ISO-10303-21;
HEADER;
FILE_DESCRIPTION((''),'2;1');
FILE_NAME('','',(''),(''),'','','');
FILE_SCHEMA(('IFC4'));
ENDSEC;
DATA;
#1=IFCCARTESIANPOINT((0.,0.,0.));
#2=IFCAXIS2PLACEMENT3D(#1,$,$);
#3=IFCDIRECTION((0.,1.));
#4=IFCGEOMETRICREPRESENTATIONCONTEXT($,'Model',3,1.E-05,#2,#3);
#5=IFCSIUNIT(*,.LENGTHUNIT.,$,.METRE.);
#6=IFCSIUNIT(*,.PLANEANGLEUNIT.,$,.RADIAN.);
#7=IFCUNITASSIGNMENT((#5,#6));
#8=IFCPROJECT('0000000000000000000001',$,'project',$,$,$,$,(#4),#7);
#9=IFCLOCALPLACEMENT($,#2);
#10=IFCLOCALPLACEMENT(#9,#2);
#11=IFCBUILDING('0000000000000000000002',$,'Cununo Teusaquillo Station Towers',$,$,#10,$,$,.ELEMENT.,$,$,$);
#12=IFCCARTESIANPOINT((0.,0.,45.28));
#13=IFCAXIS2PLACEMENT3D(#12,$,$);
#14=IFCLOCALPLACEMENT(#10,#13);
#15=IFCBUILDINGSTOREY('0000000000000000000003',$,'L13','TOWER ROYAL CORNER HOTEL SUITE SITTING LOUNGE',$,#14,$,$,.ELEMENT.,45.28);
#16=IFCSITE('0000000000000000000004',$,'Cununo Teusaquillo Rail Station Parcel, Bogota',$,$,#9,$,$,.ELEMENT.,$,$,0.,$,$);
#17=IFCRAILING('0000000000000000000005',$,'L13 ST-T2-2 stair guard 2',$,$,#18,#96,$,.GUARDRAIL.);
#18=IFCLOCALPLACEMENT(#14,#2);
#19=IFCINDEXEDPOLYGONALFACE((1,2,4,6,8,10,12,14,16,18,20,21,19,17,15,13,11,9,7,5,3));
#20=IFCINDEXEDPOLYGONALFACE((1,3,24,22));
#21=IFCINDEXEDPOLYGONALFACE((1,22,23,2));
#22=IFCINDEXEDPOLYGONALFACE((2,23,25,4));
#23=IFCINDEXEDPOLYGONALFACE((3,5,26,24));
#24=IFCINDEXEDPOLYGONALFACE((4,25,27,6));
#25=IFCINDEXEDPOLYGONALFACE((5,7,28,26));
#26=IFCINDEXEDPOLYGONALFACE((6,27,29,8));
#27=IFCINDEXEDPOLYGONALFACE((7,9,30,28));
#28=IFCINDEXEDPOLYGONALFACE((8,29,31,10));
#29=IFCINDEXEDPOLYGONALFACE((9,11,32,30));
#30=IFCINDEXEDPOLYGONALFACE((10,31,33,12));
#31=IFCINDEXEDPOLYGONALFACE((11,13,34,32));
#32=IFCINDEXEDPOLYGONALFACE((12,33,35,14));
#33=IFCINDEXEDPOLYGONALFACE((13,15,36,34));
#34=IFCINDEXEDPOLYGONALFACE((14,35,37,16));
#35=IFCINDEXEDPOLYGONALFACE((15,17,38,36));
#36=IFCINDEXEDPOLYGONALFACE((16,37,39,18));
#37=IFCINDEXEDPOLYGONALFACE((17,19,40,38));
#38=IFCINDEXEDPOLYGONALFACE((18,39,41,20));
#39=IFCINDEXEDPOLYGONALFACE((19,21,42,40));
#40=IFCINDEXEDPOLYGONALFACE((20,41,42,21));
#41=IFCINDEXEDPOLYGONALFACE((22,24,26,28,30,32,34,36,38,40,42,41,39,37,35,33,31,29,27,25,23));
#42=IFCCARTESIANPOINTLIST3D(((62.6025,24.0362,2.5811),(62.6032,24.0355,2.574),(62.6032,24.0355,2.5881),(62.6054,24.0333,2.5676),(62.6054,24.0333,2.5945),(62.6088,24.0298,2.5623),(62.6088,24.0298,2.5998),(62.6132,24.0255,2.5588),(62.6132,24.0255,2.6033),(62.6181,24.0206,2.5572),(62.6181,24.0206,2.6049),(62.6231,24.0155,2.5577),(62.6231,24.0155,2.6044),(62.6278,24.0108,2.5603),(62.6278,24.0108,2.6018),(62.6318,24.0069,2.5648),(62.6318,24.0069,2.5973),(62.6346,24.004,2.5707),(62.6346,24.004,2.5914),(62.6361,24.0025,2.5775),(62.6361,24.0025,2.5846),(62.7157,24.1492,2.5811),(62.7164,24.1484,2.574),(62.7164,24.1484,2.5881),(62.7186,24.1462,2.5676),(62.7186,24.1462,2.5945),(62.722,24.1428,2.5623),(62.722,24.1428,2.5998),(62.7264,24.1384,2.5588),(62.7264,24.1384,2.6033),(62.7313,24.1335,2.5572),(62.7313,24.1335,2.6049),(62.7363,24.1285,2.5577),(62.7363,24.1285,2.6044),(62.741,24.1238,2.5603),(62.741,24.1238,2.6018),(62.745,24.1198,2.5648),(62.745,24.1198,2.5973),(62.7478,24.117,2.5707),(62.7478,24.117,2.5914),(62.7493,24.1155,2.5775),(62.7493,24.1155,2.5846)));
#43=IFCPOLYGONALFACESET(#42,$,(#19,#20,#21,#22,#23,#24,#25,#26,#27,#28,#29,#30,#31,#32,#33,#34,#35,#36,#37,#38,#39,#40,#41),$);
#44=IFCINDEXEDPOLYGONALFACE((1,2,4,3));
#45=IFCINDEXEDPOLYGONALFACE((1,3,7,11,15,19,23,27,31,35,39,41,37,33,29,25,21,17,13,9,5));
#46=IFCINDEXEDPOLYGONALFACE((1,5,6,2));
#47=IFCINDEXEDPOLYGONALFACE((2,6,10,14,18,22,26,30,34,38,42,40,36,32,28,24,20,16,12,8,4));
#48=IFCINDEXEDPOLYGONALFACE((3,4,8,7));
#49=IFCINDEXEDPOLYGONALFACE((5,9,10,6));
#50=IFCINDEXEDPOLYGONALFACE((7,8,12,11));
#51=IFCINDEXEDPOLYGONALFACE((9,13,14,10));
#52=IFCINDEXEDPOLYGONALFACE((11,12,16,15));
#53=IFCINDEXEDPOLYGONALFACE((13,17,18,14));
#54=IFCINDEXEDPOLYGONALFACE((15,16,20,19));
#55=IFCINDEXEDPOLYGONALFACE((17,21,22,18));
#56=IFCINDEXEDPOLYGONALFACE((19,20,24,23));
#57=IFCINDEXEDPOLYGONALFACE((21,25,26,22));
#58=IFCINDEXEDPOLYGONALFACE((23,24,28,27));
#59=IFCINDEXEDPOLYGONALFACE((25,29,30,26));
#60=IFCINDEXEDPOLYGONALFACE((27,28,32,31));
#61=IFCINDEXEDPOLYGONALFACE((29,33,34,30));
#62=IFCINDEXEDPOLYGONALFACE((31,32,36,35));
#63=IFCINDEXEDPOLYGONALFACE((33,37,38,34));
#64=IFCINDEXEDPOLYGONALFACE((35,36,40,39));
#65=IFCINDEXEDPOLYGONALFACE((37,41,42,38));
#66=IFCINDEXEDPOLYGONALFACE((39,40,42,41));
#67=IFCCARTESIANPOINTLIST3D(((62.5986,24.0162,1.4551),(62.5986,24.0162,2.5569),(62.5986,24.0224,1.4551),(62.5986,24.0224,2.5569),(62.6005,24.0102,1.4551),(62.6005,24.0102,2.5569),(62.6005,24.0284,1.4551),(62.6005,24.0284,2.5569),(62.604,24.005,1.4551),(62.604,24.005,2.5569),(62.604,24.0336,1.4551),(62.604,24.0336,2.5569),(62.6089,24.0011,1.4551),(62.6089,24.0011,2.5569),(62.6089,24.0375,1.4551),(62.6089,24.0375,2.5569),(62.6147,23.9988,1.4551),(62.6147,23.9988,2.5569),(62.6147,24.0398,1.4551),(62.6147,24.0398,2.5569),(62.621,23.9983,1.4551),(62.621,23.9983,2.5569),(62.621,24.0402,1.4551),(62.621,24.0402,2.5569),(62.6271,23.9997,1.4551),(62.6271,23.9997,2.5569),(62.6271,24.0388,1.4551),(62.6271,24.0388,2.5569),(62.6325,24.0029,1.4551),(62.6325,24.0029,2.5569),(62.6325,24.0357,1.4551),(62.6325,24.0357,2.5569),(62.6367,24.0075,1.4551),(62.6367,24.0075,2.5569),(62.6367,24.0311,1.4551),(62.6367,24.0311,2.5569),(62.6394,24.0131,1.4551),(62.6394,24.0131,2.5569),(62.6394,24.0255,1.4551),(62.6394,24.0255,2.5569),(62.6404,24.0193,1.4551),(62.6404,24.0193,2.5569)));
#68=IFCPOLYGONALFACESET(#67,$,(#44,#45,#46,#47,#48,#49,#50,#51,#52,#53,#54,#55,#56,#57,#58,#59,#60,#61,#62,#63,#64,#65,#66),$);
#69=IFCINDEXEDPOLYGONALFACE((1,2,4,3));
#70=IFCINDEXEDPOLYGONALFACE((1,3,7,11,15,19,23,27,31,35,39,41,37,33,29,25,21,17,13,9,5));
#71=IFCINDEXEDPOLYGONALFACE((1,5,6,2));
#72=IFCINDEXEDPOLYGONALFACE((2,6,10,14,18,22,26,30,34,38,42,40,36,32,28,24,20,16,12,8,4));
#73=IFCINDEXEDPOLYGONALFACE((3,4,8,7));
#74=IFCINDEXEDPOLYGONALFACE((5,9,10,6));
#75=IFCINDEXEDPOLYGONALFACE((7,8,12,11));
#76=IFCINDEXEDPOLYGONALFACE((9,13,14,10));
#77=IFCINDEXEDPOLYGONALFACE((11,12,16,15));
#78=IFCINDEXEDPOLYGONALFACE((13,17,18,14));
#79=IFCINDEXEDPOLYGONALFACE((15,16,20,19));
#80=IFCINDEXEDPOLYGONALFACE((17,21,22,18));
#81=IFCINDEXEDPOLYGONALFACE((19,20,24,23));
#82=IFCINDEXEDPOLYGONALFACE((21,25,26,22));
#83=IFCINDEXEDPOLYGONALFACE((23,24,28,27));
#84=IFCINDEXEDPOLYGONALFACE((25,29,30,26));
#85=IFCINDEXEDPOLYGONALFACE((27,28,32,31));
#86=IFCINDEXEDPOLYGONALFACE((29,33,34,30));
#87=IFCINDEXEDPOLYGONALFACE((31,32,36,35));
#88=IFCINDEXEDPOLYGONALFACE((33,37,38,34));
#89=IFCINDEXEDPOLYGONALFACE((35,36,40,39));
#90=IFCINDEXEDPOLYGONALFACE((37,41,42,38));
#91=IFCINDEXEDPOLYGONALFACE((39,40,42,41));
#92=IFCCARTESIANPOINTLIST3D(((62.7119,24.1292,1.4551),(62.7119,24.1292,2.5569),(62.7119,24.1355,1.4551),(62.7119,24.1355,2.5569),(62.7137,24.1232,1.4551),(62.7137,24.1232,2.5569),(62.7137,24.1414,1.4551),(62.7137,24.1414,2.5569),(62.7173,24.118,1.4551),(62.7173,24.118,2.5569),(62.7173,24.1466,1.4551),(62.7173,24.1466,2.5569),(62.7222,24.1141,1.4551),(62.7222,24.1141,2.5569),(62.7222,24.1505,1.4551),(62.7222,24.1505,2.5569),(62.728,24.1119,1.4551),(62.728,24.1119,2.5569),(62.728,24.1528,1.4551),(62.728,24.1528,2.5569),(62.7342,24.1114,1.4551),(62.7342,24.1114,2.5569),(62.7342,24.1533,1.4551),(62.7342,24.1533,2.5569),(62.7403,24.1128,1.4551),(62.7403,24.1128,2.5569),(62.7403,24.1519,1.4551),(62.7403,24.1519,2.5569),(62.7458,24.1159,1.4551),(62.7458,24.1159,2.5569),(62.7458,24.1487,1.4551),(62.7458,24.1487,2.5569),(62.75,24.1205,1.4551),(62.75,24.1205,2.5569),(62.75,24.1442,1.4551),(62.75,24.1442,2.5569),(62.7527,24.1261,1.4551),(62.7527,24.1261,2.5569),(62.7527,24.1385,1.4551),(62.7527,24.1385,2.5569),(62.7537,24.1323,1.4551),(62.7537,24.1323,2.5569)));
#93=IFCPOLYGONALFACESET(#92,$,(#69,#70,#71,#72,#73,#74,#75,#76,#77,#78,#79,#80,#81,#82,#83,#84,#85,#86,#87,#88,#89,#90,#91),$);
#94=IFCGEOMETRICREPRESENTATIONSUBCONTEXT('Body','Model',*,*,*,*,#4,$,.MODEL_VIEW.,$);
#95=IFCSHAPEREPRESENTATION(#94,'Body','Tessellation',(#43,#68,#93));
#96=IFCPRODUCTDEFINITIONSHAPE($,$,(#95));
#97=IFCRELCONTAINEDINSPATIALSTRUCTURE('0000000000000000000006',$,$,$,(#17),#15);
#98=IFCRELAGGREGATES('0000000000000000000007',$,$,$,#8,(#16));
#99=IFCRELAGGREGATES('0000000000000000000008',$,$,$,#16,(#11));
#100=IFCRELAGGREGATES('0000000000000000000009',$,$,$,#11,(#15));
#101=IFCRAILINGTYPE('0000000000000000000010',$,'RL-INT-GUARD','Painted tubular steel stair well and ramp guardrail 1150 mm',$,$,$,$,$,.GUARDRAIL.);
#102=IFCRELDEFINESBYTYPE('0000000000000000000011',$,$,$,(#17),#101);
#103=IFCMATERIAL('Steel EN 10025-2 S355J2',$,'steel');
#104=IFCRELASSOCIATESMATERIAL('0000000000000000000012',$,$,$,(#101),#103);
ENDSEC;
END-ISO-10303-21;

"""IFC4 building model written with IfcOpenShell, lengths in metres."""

from ifc_helpers import new_model, si_unit, direction, frame, origin, origin_2d, place, context, subcontext, project, spatial, circle, extrude, material, type_object, element, save


model = new_model("IFC4")

# Units and contexts
model_context = context("Model", 3, precision=1e-05, world=origin(), true_north=direction((0.0, 1.0)))
body_context = subcontext(model_context, "Body", "Model", "MODEL_VIEW")
ifc_project = project(units=[si_unit("LENGTHUNIT", "METRE"), si_unit("PLANEANGLEUNIT", "RADIAN")], contexts=[model_context])

# Site, building, storey
site_placement = place(None, origin())
site = spatial("IfcSite", under=ifc_project, at=site_placement, Name="Cununo Teusaquillo Rail Station Parcel, Bogota", CompositionType="ELEMENT", RefElevation=0.0)
building_placement = place(site_placement, origin())
building = spatial("IfcBuilding", under=site, at=building_placement, Name="Cununo Teusaquillo Station Towers", CompositionType="ELEMENT")
storey_placement = place(building_placement, frame((0.0, 0.0, 45.28)))
storey = spatial("IfcBuildingStorey", under=building, at=storey_placement, Name="L13", Description="TOWER ROYAL CORNER HOTEL SUITE SITTING LOUNGE", CompositionType="ELEMENT", Elevation=45.28)

# Railing
ifc_material_1 = material(Name="Steel EN 10025-2 S355J2", Category="steel")
railing_type_1 = type_object("IfcRailingType", Name="RL-INT-GUARD", Description="Painted tubular steel stair well and ramp guardrail 1150 mm", PredefinedType="GUARDRAIL", material=ifc_material_1)
railing_1_placement = place(storey_placement, frame((62.6194, 24.0193, 1.4551)))
element("IfcRailing", 1, at=railing_1_placement, inside=storey, type_object=railing_type_1, Name="L13 ST-T2-2 stair guard 2", PredefinedType="GUARDRAIL", context=body_context, shape_type="SweptSolid", body=[
    extrude(circle(Radius=0.0239, at=origin_2d()), frame((0.0, 0.0, 1.126), z_axis=(0.707869, 0.706344, 0.0), x_axis=(-0.706344, 0.707869, 0.0)), (0.0, 0.0, 1.0), 0.1599),
    extrude(circle(Radius=0.021, at=origin_2d()), origin(), (0.0, 0.0, 1.0), 1.1018),
    extrude(circle(Radius=0.021, at=origin_2d()), frame((0.1133, 0.113, 0.0)), (0.0, 0.0, 1.0), 1.1018),
])

save(model, "model.ifc")
